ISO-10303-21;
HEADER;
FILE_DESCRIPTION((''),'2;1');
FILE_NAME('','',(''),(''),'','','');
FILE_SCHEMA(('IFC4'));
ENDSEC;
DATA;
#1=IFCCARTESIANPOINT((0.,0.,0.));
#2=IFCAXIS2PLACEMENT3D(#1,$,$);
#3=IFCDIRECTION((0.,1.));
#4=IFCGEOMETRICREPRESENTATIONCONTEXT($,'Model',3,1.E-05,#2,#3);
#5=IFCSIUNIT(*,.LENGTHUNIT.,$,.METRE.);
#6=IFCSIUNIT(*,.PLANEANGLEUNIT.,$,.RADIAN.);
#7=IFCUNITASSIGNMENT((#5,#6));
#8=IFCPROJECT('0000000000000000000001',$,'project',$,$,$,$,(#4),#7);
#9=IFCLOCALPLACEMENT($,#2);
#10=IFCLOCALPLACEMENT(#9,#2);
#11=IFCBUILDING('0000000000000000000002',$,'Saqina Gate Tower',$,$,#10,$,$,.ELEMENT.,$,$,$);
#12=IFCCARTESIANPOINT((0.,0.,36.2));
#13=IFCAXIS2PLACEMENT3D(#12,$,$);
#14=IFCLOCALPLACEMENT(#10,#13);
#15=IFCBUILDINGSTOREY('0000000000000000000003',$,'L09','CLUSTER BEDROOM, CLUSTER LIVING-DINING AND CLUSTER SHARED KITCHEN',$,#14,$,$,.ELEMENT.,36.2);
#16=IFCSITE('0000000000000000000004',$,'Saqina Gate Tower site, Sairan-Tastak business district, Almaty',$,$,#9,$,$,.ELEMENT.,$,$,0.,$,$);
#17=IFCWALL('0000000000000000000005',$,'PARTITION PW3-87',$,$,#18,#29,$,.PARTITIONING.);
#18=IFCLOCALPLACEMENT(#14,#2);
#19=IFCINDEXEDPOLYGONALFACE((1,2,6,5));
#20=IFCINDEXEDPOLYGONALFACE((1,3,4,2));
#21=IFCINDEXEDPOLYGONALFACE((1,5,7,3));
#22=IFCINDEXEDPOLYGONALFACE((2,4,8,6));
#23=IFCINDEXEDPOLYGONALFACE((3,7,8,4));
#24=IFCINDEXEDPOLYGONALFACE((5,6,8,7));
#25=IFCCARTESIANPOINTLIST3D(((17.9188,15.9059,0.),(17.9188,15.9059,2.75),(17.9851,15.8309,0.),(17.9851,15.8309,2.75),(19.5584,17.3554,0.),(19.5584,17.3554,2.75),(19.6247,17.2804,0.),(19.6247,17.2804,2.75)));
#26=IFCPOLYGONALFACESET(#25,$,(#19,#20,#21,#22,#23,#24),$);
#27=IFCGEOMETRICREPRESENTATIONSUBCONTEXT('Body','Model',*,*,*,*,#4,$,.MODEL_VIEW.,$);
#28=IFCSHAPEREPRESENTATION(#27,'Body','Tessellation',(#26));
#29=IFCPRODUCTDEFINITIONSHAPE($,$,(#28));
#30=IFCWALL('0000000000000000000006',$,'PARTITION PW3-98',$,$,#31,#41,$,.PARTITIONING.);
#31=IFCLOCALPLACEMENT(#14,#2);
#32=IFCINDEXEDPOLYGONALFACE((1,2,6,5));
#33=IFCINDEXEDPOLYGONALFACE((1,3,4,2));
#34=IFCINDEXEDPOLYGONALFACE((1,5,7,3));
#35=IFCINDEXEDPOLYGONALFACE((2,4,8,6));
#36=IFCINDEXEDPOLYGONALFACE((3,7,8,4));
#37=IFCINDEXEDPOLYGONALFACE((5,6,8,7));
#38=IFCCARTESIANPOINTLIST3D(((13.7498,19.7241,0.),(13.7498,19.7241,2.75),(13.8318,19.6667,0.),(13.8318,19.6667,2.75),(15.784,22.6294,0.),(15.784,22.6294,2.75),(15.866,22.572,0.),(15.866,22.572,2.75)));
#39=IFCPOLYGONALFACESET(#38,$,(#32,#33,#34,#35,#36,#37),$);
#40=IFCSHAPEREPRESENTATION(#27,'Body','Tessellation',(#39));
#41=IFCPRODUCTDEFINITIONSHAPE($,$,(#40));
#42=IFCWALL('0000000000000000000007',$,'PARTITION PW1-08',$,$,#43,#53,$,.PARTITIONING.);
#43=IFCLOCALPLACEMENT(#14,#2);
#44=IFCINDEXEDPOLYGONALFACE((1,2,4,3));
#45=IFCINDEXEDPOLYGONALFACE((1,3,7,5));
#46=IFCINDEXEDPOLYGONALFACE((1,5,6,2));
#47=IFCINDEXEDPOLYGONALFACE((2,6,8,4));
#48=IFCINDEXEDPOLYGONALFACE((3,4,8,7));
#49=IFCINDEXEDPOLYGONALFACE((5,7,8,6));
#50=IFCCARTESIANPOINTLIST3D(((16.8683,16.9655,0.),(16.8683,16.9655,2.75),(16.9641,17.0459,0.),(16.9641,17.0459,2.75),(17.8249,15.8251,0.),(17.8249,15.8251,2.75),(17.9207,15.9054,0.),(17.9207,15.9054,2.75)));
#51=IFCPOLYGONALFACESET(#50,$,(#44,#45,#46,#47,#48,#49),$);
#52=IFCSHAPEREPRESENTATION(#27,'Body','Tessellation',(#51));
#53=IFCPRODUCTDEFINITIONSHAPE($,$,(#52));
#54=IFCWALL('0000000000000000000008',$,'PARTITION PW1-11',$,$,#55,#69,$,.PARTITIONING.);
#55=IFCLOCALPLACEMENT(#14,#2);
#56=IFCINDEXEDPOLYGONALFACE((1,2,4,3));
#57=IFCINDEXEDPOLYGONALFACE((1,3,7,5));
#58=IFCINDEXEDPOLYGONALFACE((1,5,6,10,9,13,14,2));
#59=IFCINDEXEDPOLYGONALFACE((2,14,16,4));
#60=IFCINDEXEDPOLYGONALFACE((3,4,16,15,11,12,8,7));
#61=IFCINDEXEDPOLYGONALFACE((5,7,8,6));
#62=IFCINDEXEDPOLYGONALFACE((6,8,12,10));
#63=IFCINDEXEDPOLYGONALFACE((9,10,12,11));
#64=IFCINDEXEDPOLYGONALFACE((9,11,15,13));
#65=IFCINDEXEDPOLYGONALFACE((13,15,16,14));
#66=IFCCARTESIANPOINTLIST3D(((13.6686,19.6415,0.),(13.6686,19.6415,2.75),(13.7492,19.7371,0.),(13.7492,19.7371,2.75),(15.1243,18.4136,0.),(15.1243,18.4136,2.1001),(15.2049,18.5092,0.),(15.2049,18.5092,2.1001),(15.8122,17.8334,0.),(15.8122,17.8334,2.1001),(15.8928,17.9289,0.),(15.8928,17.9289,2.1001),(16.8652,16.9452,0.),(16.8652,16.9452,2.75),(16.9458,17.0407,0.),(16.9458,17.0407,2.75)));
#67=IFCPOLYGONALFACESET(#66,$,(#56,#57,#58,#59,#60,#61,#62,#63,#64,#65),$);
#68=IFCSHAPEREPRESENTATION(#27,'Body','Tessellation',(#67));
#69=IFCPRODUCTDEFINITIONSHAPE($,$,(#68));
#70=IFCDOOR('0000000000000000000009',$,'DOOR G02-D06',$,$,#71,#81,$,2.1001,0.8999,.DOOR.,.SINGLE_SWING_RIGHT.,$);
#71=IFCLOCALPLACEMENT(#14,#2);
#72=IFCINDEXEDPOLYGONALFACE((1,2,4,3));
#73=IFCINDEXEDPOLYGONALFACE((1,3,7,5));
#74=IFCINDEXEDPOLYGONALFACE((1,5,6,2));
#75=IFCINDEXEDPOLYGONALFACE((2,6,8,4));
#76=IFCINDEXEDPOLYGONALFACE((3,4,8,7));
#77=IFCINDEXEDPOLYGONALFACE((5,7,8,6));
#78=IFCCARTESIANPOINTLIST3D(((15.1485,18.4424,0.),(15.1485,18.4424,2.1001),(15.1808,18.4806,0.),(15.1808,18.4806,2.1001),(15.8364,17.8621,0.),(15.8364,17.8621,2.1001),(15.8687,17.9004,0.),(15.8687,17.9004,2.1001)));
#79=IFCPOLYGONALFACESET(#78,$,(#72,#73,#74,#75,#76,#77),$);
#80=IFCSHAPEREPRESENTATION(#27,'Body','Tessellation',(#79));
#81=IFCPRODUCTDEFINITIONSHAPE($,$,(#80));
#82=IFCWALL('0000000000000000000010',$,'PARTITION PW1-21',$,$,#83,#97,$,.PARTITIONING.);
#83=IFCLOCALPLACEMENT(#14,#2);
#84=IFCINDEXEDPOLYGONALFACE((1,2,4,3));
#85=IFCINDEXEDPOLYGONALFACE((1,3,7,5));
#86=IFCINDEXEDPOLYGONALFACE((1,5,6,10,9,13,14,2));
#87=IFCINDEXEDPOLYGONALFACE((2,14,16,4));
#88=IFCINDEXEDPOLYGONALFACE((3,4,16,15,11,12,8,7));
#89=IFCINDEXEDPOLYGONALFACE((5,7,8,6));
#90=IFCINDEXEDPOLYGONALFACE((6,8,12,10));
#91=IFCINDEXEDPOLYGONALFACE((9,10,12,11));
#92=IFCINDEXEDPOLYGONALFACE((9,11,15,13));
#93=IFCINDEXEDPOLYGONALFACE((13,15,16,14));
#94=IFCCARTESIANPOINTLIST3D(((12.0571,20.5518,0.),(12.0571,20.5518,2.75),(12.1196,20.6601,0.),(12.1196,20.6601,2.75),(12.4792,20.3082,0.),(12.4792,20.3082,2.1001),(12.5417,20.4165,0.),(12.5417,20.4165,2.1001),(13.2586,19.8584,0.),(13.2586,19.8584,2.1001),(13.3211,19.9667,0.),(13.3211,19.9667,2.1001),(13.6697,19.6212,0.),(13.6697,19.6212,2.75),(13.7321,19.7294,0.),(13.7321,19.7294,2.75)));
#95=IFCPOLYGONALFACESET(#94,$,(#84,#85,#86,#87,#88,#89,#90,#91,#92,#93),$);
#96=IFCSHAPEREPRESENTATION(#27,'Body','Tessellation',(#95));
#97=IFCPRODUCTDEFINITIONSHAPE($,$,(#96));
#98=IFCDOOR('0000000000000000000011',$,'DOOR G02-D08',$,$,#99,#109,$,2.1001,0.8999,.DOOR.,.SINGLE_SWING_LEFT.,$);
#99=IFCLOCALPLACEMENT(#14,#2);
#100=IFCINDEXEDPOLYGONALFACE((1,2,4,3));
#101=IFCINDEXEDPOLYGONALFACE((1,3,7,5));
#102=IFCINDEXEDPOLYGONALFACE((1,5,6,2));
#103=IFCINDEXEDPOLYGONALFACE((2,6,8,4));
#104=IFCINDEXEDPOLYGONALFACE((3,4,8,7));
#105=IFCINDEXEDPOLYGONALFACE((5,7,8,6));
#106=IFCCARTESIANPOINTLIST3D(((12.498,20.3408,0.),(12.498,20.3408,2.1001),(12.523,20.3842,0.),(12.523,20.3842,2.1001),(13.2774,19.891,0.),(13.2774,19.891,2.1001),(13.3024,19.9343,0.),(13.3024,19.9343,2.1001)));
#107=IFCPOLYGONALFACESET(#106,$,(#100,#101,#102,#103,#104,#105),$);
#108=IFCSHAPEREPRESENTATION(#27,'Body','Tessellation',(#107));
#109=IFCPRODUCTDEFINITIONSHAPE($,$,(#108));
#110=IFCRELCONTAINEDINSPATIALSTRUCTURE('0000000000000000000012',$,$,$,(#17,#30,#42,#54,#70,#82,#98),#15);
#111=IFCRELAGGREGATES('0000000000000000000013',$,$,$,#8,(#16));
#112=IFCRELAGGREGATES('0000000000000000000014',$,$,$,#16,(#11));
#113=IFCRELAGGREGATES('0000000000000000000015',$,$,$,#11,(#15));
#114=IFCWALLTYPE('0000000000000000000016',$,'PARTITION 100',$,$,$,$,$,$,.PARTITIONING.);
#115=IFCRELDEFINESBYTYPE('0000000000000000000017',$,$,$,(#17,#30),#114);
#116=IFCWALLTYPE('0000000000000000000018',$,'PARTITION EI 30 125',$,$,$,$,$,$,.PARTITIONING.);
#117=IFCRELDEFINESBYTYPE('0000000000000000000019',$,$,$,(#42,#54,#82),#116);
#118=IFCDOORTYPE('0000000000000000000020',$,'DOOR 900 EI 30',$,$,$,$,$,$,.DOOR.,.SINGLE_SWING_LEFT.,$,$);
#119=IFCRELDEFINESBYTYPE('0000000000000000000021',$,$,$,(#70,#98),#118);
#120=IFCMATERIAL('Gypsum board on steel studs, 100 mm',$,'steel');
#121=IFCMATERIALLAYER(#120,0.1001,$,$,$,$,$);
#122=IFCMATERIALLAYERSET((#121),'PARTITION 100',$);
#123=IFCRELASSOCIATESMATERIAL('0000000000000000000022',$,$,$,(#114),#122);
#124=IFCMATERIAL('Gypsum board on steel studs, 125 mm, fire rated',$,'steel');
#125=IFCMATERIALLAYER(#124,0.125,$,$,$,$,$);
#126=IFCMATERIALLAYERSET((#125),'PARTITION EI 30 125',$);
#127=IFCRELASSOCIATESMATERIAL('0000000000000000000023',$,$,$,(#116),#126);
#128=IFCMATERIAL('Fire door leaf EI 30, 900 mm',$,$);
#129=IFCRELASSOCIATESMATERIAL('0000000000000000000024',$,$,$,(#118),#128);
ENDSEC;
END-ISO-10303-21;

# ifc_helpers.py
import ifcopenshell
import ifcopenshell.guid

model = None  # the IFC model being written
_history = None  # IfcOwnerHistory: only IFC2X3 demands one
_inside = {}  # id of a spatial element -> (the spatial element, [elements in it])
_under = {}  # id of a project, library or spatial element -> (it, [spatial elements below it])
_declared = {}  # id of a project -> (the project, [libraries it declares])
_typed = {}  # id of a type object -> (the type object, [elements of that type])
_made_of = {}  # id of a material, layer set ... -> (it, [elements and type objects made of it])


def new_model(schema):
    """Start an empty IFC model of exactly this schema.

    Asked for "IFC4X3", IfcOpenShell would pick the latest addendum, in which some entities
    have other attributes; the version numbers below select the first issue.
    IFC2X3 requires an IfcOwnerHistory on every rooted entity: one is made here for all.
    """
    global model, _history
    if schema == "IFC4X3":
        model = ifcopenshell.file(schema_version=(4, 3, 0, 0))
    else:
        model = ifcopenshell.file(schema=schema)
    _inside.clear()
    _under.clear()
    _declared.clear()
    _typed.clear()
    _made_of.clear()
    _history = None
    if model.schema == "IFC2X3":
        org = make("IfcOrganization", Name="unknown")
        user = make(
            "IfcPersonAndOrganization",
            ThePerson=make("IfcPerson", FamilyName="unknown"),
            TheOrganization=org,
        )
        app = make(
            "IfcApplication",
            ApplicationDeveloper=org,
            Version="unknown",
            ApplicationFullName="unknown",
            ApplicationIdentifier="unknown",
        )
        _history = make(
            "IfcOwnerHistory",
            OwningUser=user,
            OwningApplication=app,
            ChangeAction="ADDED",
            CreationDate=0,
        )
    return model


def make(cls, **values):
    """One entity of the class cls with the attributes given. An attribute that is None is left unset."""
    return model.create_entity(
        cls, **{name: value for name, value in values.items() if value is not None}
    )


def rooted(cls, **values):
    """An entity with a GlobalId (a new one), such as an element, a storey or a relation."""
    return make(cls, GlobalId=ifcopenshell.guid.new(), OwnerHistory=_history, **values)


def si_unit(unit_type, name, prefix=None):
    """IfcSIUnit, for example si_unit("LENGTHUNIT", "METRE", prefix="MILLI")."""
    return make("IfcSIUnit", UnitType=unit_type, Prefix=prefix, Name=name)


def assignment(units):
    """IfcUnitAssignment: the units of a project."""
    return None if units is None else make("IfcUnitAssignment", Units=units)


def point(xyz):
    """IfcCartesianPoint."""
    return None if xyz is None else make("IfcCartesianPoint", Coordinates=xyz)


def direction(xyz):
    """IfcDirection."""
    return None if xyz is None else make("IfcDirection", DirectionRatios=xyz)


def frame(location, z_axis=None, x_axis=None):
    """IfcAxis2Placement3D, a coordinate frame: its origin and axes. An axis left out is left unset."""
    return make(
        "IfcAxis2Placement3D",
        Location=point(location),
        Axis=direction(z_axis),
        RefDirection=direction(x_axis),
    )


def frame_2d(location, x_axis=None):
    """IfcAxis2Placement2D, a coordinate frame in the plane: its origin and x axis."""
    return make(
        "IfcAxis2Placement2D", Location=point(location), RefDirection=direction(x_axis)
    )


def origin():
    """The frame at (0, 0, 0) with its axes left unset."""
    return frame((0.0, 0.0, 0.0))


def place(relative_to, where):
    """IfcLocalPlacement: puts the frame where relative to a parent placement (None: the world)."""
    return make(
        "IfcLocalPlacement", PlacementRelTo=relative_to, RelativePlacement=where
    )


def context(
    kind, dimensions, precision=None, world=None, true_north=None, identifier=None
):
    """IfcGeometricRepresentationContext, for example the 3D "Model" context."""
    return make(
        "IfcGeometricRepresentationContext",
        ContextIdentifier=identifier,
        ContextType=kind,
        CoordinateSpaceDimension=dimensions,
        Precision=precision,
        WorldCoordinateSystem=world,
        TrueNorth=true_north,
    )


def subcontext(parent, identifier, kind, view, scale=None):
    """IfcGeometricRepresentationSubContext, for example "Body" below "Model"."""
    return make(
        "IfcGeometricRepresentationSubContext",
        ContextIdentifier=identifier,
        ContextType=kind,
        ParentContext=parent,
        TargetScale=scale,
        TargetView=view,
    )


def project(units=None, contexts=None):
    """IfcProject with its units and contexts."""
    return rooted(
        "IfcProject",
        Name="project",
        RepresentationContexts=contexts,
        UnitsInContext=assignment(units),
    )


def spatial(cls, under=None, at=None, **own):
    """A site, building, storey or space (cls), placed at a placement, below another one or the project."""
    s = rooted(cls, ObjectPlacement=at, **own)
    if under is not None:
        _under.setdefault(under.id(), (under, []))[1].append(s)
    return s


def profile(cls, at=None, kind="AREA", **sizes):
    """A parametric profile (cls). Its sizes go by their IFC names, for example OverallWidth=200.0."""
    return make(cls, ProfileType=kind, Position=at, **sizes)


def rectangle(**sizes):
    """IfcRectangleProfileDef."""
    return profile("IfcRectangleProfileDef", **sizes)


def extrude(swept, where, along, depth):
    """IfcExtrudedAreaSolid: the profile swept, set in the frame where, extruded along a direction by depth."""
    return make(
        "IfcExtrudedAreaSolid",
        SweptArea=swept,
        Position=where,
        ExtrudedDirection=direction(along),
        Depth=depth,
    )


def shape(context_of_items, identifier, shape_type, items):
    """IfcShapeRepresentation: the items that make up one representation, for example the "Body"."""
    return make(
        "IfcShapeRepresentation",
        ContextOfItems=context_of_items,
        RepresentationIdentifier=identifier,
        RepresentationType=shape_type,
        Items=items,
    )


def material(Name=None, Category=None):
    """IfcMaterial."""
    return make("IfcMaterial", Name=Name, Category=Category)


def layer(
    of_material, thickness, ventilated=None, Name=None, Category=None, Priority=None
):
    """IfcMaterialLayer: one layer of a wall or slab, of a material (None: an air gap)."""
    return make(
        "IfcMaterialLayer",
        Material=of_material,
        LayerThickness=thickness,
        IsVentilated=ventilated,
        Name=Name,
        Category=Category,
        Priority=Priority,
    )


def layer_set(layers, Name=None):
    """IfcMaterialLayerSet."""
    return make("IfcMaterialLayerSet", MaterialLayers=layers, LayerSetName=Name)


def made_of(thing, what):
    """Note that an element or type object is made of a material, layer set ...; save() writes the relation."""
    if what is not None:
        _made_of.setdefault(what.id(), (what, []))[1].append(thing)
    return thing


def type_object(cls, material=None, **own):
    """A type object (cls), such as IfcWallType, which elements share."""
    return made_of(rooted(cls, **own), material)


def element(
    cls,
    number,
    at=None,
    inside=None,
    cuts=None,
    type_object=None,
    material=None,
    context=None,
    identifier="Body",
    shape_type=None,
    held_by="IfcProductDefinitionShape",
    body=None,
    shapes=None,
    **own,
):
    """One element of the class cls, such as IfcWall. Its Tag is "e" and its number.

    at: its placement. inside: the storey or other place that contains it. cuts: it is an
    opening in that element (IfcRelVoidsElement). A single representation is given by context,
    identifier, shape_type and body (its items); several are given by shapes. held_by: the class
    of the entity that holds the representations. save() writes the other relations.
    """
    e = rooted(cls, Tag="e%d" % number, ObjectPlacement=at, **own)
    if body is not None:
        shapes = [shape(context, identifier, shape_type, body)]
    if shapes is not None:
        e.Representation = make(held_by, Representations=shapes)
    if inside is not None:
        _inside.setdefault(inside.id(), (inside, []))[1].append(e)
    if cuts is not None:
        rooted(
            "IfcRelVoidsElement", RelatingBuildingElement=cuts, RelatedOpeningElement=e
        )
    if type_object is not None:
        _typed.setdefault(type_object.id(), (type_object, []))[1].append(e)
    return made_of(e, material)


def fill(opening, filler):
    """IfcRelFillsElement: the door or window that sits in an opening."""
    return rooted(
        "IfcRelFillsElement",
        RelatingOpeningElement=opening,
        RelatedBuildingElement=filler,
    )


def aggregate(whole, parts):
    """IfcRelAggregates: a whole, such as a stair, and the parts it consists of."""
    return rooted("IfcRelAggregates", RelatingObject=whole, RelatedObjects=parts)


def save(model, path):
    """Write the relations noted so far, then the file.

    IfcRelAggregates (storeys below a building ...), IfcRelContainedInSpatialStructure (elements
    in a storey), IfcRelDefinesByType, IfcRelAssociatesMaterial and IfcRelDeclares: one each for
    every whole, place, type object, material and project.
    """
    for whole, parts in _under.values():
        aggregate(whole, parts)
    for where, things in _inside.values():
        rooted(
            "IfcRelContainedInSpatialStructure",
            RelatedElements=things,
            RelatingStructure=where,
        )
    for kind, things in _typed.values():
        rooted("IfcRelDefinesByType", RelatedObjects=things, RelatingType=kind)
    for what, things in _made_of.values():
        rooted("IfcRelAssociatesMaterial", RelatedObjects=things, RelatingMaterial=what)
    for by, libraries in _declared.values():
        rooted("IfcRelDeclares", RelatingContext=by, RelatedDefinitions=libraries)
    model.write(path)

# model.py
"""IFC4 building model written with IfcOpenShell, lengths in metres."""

from ifc_helpers import new_model, si_unit, direction, frame, frame_2d, origin, place, context, subcontext, project, spatial, rectangle, extrude, material, layer, layer_set, type_object, element, fill, save


model = new_model("IFC4")

# Units and contexts
model_context = context("Model", 3, precision=1e-05, world=origin(), true_north=direction((0.0, 1.0)))
body_context = subcontext(model_context, "Body", "Model", "MODEL_VIEW")
ifc_project = project(units=[si_unit("LENGTHUNIT", "METRE"), si_unit("PLANEANGLEUNIT", "RADIAN")], contexts=[model_context])

# Site, building, storey
site_placement = place(None, origin())
site = spatial("IfcSite", under=ifc_project, at=site_placement, Name="Saqina Gate Tower site, Sairan-Tastak business district, Almaty", CompositionType="ELEMENT", RefElevation=0.0)
building_placement = place(site_placement, origin())
building = spatial("IfcBuilding", under=site, at=building_placement, Name="Saqina Gate Tower", CompositionType="ELEMENT")
storey_placement = place(building_placement, frame((0.0, 0.0, 36.2)))
storey = spatial("IfcBuildingStorey", under=building, at=storey_placement, Name="L09", Description="CLUSTER BEDROOM, CLUSTER LIVING-DINING AND CLUSTER SHARED KITCHEN", CompositionType="ELEMENT", Elevation=36.2)

# Shared definitions
ifc_material_1 = material(Name="Gypsum board on steel studs, 100 mm", Category="steel")
ifc_layer_1 = layer(ifc_material_1, 0.1001)
ifc_layer_set_1 = layer_set([ifc_layer_1], Name="PARTITION 100")
wall_type_1 = type_object("IfcWallType", Name="PARTITION 100", PredefinedType="PARTITIONING", material=ifc_layer_set_1)

# Walls
wall_1_placement = place(storey_placement, frame((17.9519, 15.8684, 0.0), z_axis=(0.0, 0.0, 1.0), x_axis=(0.749222, 0.662319, 0.0)))
element("IfcWall", 1, at=wall_1_placement, inside=storey, type_object=wall_type_1, Name="PARTITION PW3-87", PredefinedType="PARTITIONING", context=body_context, shape_type="SweptSolid", body=[
    extrude(rectangle(XDim=2.1885, YDim=0.1001, at=frame_2d((1.0942, 0.0))), origin(), (0.0, 0.0, 1.0), 2.75),
])
wall_2_placement = place(storey_placement, frame((13.7908, 19.6953, 0.0), z_axis=(0.0, 0.0, 1.0), x_axis=(0.573555, 0.819167, 0.0)))
element("IfcWall", 2, at=wall_2_placement, inside=storey, type_object=wall_type_1, Name="PARTITION PW3-98", PredefinedType="PARTITIONING", context=body_context, shape_type="SweptSolid", body=[
    extrude(rectangle(XDim=3.5466, YDim=0.1001, at=frame_2d((1.7734, 0.0))), origin(), (0.0, 0.0, 1.0), 2.75),
])
ifc_material_2 = material(Name="Gypsum board on steel studs, 125 mm, fire rated", Category="steel")
ifc_layer_2 = layer(ifc_material_2, 0.125)
ifc_layer_set_2 = layer_set([ifc_layer_2], Name="PARTITION EI 30 125")
wall_type_2 = type_object("IfcWallType", Name="PARTITION EI 30 125", PredefinedType="PARTITIONING", material=ifc_layer_set_2)
wall_3_placement = place(storey_placement, frame((16.9163, 17.0056, 0.0), z_axis=(0.0, 0.0, 1.0), x_axis=(0.64265, -0.76616, 0.0)))
element("IfcWall", 3, at=wall_3_placement, inside=storey, type_object=wall_type_2, Name="PARTITION PW1-08", PredefinedType="PARTITIONING", context=body_context, shape_type="SweptSolid", body=[
    extrude(rectangle(XDim=1.4885, YDim=0.125, at=frame_2d((0.7441, 0.0))), origin(), (0.0, 0.0, 1.0), 2.75),
])

# Walls, openings, doors
wall_4_placement = place(storey_placement, frame((13.709, 19.6892, 0.0), z_axis=(0.0, 0.0, 1.0), x_axis=(0.764384, -0.644761, 0.0)))
wall_4 = element("IfcWall", 4, at=wall_4_placement, inside=storey, type_object=wall_type_2, Name="PARTITION PW1-11", PredefinedType="PARTITIONING", context=body_context, shape_type="SweptSolid", body=[
    extrude(rectangle(XDim=4.1819, YDim=0.125, at=frame_2d((2.0908, 0.0))), origin(), (0.0, 0.0, 1.0), 2.75),
])
opening_1_placement = place(wall_4_placement, frame((1.9043, 0.0, 0.0)))
opening_1 = element("IfcOpeningElement", 5, at=opening_1_placement, cuts=wall_4, PredefinedType="OPENING", context=body_context, shape_type="SweptSolid", body=[
    extrude(rectangle(XDim=0.8999, YDim=2.1001, at=frame_2d((0.45, 1.05))), frame((0.0, 0.0745, 0.0), z_axis=(0.0, -1.0, 0.0), x_axis=(1.0, 0.0, 0.0)), (0.0, 0.0, 1.0), 0.1489),
])
ifc_material_3 = material(Name="Fire door leaf EI 30, 900 mm")
door_type_1 = type_object("IfcDoorType", Name="DOOR 900 EI 30", OperationType="SINGLE_SWING_LEFT", PredefinedType="DOOR", material=ifc_material_3)
door_1_placement = place(opening_1_placement, frame((0.8999, 0.0, 0.0), z_axis=(0.0, 0.0, 1.0), x_axis=(-1.0, 0.0, 0.0)))
door_1 = element("IfcDoor", 6, at=door_1_placement, inside=storey, type_object=door_type_1, Name="DOOR G02-D06", OperationType="SINGLE_SWING_RIGHT", OverallHeight=2.1001, OverallWidth=0.8999, PredefinedType="DOOR", context=body_context, shape_type="SweptSolid", body=[
    extrude(rectangle(XDim=0.8999, YDim=2.1001, at=frame_2d((0.45, 1.05))), frame((0.0, 0.0249, 0.0), z_axis=(0.0, -1.0, 0.0), x_axis=(1.0, 0.0, 0.0)), (0.0, 0.0, 1.0), 0.05),
])
fill(opening_1, door_1)
wall_5_placement = place(storey_placement, frame((12.0884, 20.606, 0.0), z_axis=(0.0, 0.0, 1.0), x_axis=(0.866105, -0.499862, 0.0)))
wall_5 = element("IfcWall", 7, at=wall_5_placement, inside=storey, type_object=wall_type_2, Name="PARTITION PW1-21", PredefinedType="PARTITIONING", context=body_context, shape_type="SweptSolid", body=[
    extrude(rectangle(XDim=1.8618, YDim=0.125, at=frame_2d((0.9309, 0.0))), origin(), (0.0, 0.0, 1.0), 2.75),
])
opening_2_placement = place(wall_5_placement, frame((0.4873, 0.0, 0.0)))
opening_2 = element("IfcOpeningElement", 8, at=opening_2_placement, cuts=wall_5, PredefinedType="OPENING", context=body_context, shape_type="SweptSolid", body=[
    extrude(rectangle(XDim=0.8999, YDim=2.1001, at=frame_2d((0.45, 1.05))), frame((0.0, 0.0745, 0.0), z_axis=(0.0, -1.0, 0.0), x_axis=(1.0, 0.0, 0.0)), (0.0, 0.0, 1.0), 0.1489),
])
door_2_placement = place(opening_2_placement, frame((0.8999, 0.0, 0.0), z_axis=(0.0, 0.0, 1.0), x_axis=(-1.0, 0.0, 0.0)))
door_2 = element("IfcDoor", 9, at=door_2_placement, inside=storey, type_object=door_type_1, Name="DOOR G02-D08", OperationType="SINGLE_SWING_LEFT", OverallHeight=2.1001, OverallWidth=0.8999, PredefinedType="DOOR", context=body_context, shape_type="SweptSolid", body=[
    extrude(rectangle(XDim=0.8999, YDim=2.1001, at=frame_2d((0.45, 1.05))), frame((0.0, 0.0249, 0.0), z_axis=(0.0, -1.0, 0.0), x_axis=(1.0, 0.0, 0.0)), (0.0, 0.0, 1.0), 0.05),
])
fill(opening_2, door_2)

save(model, "model.ifc")
